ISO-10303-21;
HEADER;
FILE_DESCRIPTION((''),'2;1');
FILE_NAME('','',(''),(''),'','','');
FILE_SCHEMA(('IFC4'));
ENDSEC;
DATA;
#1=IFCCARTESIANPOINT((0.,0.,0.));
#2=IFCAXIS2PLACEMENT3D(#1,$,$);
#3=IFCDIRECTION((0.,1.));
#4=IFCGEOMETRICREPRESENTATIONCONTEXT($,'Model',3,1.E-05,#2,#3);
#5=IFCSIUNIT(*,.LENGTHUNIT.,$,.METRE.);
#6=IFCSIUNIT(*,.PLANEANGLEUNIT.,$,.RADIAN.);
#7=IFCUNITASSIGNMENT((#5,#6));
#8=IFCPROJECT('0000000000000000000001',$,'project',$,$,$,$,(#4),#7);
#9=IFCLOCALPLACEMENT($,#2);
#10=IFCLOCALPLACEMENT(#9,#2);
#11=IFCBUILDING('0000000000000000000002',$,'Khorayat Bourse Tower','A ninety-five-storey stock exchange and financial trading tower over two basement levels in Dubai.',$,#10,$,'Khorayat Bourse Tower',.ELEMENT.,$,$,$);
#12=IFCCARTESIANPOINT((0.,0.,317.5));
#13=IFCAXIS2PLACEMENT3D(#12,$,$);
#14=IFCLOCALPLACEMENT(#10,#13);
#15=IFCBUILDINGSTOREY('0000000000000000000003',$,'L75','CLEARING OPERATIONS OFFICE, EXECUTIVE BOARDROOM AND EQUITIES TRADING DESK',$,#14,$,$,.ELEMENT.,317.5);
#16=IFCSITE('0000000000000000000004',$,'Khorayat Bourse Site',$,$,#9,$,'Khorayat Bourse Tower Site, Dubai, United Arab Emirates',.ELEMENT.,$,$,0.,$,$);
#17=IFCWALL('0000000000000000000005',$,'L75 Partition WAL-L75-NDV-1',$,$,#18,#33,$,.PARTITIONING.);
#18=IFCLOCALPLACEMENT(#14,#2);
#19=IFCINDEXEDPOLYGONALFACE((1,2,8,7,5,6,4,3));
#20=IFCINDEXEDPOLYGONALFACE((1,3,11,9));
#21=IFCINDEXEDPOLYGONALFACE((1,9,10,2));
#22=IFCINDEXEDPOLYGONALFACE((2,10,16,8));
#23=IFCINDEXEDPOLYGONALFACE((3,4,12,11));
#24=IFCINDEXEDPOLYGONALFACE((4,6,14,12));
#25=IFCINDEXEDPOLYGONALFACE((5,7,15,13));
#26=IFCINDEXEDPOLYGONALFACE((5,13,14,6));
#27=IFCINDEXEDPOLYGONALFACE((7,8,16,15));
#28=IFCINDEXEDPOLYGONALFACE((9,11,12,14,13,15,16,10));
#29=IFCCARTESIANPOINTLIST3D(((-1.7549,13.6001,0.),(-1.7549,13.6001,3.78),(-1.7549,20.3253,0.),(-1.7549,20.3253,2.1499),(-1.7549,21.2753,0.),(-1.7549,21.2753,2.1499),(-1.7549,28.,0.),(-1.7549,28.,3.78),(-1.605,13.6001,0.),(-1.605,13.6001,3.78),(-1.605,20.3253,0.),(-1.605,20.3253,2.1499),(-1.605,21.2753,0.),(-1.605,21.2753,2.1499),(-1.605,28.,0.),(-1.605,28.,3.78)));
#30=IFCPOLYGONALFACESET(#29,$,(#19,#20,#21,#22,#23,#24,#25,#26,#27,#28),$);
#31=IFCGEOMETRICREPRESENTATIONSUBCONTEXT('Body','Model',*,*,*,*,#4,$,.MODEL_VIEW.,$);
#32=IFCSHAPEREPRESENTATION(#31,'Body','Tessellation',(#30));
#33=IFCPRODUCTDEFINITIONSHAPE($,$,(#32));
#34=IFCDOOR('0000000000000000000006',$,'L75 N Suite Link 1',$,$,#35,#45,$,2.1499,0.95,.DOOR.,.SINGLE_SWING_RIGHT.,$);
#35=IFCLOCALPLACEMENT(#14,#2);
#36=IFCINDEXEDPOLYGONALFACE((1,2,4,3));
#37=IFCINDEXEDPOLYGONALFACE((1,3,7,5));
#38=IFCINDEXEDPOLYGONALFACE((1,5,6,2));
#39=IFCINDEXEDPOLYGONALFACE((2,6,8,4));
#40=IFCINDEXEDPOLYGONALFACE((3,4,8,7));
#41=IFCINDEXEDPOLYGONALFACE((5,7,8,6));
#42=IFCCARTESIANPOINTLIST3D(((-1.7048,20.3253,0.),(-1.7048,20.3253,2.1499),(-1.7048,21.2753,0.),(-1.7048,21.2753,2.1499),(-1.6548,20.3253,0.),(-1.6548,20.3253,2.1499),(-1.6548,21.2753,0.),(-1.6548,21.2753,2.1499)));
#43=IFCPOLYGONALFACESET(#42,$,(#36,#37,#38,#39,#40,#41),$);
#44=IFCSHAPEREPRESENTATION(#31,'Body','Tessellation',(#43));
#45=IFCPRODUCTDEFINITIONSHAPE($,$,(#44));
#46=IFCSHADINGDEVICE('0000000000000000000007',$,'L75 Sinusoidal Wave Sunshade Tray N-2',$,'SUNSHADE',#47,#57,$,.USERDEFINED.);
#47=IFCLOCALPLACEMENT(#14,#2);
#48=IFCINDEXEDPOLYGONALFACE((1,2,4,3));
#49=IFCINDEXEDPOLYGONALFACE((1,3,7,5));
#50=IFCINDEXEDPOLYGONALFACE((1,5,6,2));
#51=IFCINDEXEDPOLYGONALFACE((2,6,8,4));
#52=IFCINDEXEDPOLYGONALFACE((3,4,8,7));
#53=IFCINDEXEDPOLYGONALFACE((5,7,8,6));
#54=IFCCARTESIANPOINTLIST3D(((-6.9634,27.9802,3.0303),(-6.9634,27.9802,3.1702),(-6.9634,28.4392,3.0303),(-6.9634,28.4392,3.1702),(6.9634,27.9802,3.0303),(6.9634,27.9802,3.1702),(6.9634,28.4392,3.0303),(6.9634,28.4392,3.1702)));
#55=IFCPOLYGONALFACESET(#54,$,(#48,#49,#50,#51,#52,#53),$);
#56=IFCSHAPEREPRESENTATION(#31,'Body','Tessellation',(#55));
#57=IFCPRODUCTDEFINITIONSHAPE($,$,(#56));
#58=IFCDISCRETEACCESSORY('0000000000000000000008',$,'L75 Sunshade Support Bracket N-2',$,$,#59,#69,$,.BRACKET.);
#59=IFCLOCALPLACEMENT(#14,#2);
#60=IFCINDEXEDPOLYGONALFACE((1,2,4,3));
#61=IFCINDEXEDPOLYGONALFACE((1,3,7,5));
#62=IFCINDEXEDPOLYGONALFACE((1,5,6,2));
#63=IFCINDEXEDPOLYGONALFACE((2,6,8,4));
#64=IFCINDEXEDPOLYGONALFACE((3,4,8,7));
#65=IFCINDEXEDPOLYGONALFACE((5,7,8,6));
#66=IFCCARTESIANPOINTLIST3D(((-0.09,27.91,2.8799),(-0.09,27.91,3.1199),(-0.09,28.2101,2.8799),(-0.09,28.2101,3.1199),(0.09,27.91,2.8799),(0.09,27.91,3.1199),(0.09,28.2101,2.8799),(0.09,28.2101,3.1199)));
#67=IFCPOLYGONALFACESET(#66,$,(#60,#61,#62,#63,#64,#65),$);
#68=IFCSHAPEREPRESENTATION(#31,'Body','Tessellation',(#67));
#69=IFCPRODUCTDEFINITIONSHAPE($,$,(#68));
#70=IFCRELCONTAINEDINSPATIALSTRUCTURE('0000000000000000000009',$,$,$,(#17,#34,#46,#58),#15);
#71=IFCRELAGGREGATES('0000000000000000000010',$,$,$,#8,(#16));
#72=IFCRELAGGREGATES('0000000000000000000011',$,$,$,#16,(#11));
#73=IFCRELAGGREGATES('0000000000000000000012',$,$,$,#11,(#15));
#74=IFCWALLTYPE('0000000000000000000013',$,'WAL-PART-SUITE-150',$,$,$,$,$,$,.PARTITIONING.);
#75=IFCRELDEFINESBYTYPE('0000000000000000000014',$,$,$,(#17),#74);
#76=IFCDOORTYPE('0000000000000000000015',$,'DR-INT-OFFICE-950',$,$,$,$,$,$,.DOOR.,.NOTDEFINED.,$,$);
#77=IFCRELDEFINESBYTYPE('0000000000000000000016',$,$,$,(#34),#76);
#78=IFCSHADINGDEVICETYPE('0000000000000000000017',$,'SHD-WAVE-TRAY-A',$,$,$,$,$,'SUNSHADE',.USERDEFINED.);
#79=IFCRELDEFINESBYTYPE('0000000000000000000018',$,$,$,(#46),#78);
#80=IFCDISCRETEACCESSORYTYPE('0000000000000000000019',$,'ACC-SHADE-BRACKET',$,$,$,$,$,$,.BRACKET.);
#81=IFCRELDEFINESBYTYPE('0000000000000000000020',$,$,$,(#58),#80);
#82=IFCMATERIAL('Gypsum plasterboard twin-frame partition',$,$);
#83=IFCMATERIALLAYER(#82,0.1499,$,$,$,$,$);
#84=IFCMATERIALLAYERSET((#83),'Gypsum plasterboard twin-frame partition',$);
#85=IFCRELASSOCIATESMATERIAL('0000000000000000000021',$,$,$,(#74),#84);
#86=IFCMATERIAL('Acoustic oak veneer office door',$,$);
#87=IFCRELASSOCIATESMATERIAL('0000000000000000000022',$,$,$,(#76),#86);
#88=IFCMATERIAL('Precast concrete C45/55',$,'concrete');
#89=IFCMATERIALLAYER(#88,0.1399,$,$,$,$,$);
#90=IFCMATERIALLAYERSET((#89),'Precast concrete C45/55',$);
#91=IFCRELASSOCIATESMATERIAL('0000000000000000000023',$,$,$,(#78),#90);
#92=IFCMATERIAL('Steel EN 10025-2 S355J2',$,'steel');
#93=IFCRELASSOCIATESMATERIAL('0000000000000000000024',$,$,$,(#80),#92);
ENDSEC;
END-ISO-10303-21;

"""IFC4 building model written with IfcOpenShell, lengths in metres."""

from ifc_helpers import new_model, si_unit, direction, frame, frame_2d, origin, origin_2d, place, context, subcontext, project, spatial, rectangle, extrude, source, transform, mapped, material, layer, layer_set, type_object, element, fill, save


model = new_model("IFC4")

# Units and contexts
model_context = context("Model", 3, precision=1e-05, world=origin(), true_north=direction((0.0, 1.0)))
body_context = subcontext(model_context, "Body", "Model", "MODEL_VIEW")
ifc_project = project(units=[si_unit("LENGTHUNIT", "METRE"), si_unit("PLANEANGLEUNIT", "RADIAN")], contexts=[model_context])

# Site, building, storey
site_placement = place(None, origin())
site = spatial("IfcSite", under=ifc_project, at=site_placement, Name="Khorayat Bourse Site", LongName="Khorayat Bourse Tower Site, Dubai, United Arab Emirates", CompositionType="ELEMENT", RefElevation=0.0)
building_placement = place(site_placement, origin())
building = spatial("IfcBuilding", under=site, at=building_placement, Name="Khorayat Bourse Tower", Description="A ninety-five-storey stock exchange and financial trading tower over two basement levels in Dubai.", LongName="Khorayat Bourse Tower", CompositionType="ELEMENT")
storey_placement = place(building_placement, frame((0.0, 0.0, 317.5)))
storey = spatial("IfcBuildingStorey", under=building, at=storey_placement, Name="L75", Description="CLEARING OPERATIONS OFFICE, EXECUTIVE BOARDROOM AND EQUITIES TRADING DESK", CompositionType="ELEMENT", Elevation=317.5)

# Shared definitions
ifc_material_1 = material(Name="Steel EN 10025-2 S355J2", Category="steel")

# Wall, opening, door
ifc_material_2 = material(Name="Gypsum plasterboard twin-frame partition")
ifc_layer_1 = layer(ifc_material_2, 0.1499)
ifc_layer_set_1 = layer_set([ifc_layer_1], Name="Gypsum plasterboard twin-frame partition")
wall_type_1 = type_object("IfcWallType", Name="WAL-PART-SUITE-150", PredefinedType="PARTITIONING", material=ifc_layer_set_1)
shared_shape_1 = source(origin(), body_context, "Body", "SweptSolid", [
    extrude(rectangle(XDim=14.3999, YDim=0.1499, at=frame_2d((7.2, 0.0))), origin(), (0.0, 0.0, 1.0), 3.78),
])
wall_1_placement = place(storey_placement, frame((-1.6799, 13.6001, 0.0), z_axis=(0.0, 0.0, 1.0), x_axis=(0.0, 1.0, 0.0)))
wall_1 = element("IfcWall", 1, at=wall_1_placement, inside=storey, type_object=wall_type_1, Name="L75 Partition WAL-L75-NDV-1", PredefinedType="PARTITIONING", context=body_context, shape_type="MappedRepresentation", body=[
    mapped(shared_shape_1, transform((0.0, 0.0, 0.0), scale=1.0)),
])
shared_shape_2 = source(origin(), body_context, "Body", "SweptSolid", [
    extrude(rectangle(XDim=0.95, YDim=2.1499, at=frame_2d((0.4751, 1.075))), frame((0.0, 0.085, 0.0), z_axis=(0.0, -1.0, 0.0), x_axis=(1.0, 0.0, 0.0)), (0.0, 0.0, 1.0), 0.1699),
])
opening_1_placement = place(wall_1_placement, frame((6.7251, 0.0, 0.0)))
opening_1 = element("IfcOpeningElement", 2, at=opening_1_placement, cuts=wall_1, PredefinedType="OPENING", context=body_context, shape_type="MappedRepresentation", body=[
    mapped(shared_shape_2, transform((0.0, 0.0, 0.0), scale=1.0)),
])
ifc_material_3 = material(Name="Acoustic oak veneer office door")
door_type_1 = type_object("IfcDoorType", Name="DR-INT-OFFICE-950", OperationType="NOTDEFINED", PredefinedType="DOOR", material=ifc_material_3)
shared_shape_3 = source(origin(), body_context, "Body", "SweptSolid", [
    extrude(rectangle(XDim=0.95, YDim=2.1499, at=frame_2d((0.4751, 1.075))), frame((0.0, 0.0249, 0.0), z_axis=(0.0, -1.0, 0.0), x_axis=(1.0, 0.0, 0.0)), (0.0, 0.0, 1.0), 0.05),
])
door_1_placement = place(opening_1_placement, origin())
door_1 = element("IfcDoor", 3, at=door_1_placement, inside=storey, type_object=door_type_1, Name="L75 N Suite Link 1", OperationType="SINGLE_SWING_RIGHT", OverallHeight=2.1499, OverallWidth=0.95, PredefinedType="DOOR", context=body_context, shape_type="MappedRepresentation", body=[
    mapped(shared_shape_3, transform((0.0, 0.0, 0.0), scale=1.0)),
])
fill(opening_1, door_1)

# Shading device
ifc_material_4 = material(Name="Precast concrete C45/55", Category="concrete")
ifc_layer_2 = layer(ifc_material_4, 0.1399)
ifc_layer_set_2 = layer_set([ifc_layer_2], Name="Precast concrete C45/55")
shading_device_type = type_object("IfcShadingDeviceType", Name="SHD-WAVE-TRAY-A", ElementType="SUNSHADE", PredefinedType="USERDEFINED", material=ifc_layer_set_2)
shared_shape_4 = source(origin(), body_context, "Body", "SweptSolid", [
    extrude(rectangle(XDim=13.9268, YDim=0.459, at=origin_2d()), origin(), (0.0, 0.0, 1.0), 0.1399),
])
shading_device_placement = place(storey_placement, frame((0.0, 28.2097, 3.0303), z_axis=(0.0, 0.0, 1.0), x_axis=(1.0, 0.0, 0.0)))
element("IfcShadingDevice", 4, at=shading_device_placement, inside=storey, type_object=shading_device_type, Name="L75 Sinusoidal Wave Sunshade Tray N-2", ObjectType="SUNSHADE", PredefinedType="USERDEFINED", context=body_context, shape_type="MappedRepresentation", body=[
    mapped(shared_shape_4, transform((0.0, 0.0, 0.0), scale=1.0)),
])

# Discrete accessory
discrete_accessory_type = type_object("IfcDiscreteAccessoryType", Name="ACC-SHADE-BRACKET", PredefinedType="BRACKET", material=ifc_material_1)
shared_shape_5 = source(origin(), body_context, "Body", "SweptSolid", [
    extrude(rectangle(XDim=0.1799, YDim=0.3, at=origin_2d()), origin(), (0.0, 0.0, 1.0), 0.24),
])
discrete_accessory_placement = place(storey_placement, frame((0.0, 28.0601, 2.8799), z_axis=(0.0, 0.0, 1.0), x_axis=(1.0, 0.0, 0.0)))
element("IfcDiscreteAccessory", 5, at=discrete_accessory_placement, inside=storey, type_object=discrete_accessory_type, Name="L75 Sunshade Support Bracket N-2", PredefinedType="BRACKET", context=body_context, shape_type="MappedRepresentation", body=[
    mapped(shared_shape_5, transform((0.0, 0.0, 0.0), scale=1.0)),
])

save(model, "model.ifc")
